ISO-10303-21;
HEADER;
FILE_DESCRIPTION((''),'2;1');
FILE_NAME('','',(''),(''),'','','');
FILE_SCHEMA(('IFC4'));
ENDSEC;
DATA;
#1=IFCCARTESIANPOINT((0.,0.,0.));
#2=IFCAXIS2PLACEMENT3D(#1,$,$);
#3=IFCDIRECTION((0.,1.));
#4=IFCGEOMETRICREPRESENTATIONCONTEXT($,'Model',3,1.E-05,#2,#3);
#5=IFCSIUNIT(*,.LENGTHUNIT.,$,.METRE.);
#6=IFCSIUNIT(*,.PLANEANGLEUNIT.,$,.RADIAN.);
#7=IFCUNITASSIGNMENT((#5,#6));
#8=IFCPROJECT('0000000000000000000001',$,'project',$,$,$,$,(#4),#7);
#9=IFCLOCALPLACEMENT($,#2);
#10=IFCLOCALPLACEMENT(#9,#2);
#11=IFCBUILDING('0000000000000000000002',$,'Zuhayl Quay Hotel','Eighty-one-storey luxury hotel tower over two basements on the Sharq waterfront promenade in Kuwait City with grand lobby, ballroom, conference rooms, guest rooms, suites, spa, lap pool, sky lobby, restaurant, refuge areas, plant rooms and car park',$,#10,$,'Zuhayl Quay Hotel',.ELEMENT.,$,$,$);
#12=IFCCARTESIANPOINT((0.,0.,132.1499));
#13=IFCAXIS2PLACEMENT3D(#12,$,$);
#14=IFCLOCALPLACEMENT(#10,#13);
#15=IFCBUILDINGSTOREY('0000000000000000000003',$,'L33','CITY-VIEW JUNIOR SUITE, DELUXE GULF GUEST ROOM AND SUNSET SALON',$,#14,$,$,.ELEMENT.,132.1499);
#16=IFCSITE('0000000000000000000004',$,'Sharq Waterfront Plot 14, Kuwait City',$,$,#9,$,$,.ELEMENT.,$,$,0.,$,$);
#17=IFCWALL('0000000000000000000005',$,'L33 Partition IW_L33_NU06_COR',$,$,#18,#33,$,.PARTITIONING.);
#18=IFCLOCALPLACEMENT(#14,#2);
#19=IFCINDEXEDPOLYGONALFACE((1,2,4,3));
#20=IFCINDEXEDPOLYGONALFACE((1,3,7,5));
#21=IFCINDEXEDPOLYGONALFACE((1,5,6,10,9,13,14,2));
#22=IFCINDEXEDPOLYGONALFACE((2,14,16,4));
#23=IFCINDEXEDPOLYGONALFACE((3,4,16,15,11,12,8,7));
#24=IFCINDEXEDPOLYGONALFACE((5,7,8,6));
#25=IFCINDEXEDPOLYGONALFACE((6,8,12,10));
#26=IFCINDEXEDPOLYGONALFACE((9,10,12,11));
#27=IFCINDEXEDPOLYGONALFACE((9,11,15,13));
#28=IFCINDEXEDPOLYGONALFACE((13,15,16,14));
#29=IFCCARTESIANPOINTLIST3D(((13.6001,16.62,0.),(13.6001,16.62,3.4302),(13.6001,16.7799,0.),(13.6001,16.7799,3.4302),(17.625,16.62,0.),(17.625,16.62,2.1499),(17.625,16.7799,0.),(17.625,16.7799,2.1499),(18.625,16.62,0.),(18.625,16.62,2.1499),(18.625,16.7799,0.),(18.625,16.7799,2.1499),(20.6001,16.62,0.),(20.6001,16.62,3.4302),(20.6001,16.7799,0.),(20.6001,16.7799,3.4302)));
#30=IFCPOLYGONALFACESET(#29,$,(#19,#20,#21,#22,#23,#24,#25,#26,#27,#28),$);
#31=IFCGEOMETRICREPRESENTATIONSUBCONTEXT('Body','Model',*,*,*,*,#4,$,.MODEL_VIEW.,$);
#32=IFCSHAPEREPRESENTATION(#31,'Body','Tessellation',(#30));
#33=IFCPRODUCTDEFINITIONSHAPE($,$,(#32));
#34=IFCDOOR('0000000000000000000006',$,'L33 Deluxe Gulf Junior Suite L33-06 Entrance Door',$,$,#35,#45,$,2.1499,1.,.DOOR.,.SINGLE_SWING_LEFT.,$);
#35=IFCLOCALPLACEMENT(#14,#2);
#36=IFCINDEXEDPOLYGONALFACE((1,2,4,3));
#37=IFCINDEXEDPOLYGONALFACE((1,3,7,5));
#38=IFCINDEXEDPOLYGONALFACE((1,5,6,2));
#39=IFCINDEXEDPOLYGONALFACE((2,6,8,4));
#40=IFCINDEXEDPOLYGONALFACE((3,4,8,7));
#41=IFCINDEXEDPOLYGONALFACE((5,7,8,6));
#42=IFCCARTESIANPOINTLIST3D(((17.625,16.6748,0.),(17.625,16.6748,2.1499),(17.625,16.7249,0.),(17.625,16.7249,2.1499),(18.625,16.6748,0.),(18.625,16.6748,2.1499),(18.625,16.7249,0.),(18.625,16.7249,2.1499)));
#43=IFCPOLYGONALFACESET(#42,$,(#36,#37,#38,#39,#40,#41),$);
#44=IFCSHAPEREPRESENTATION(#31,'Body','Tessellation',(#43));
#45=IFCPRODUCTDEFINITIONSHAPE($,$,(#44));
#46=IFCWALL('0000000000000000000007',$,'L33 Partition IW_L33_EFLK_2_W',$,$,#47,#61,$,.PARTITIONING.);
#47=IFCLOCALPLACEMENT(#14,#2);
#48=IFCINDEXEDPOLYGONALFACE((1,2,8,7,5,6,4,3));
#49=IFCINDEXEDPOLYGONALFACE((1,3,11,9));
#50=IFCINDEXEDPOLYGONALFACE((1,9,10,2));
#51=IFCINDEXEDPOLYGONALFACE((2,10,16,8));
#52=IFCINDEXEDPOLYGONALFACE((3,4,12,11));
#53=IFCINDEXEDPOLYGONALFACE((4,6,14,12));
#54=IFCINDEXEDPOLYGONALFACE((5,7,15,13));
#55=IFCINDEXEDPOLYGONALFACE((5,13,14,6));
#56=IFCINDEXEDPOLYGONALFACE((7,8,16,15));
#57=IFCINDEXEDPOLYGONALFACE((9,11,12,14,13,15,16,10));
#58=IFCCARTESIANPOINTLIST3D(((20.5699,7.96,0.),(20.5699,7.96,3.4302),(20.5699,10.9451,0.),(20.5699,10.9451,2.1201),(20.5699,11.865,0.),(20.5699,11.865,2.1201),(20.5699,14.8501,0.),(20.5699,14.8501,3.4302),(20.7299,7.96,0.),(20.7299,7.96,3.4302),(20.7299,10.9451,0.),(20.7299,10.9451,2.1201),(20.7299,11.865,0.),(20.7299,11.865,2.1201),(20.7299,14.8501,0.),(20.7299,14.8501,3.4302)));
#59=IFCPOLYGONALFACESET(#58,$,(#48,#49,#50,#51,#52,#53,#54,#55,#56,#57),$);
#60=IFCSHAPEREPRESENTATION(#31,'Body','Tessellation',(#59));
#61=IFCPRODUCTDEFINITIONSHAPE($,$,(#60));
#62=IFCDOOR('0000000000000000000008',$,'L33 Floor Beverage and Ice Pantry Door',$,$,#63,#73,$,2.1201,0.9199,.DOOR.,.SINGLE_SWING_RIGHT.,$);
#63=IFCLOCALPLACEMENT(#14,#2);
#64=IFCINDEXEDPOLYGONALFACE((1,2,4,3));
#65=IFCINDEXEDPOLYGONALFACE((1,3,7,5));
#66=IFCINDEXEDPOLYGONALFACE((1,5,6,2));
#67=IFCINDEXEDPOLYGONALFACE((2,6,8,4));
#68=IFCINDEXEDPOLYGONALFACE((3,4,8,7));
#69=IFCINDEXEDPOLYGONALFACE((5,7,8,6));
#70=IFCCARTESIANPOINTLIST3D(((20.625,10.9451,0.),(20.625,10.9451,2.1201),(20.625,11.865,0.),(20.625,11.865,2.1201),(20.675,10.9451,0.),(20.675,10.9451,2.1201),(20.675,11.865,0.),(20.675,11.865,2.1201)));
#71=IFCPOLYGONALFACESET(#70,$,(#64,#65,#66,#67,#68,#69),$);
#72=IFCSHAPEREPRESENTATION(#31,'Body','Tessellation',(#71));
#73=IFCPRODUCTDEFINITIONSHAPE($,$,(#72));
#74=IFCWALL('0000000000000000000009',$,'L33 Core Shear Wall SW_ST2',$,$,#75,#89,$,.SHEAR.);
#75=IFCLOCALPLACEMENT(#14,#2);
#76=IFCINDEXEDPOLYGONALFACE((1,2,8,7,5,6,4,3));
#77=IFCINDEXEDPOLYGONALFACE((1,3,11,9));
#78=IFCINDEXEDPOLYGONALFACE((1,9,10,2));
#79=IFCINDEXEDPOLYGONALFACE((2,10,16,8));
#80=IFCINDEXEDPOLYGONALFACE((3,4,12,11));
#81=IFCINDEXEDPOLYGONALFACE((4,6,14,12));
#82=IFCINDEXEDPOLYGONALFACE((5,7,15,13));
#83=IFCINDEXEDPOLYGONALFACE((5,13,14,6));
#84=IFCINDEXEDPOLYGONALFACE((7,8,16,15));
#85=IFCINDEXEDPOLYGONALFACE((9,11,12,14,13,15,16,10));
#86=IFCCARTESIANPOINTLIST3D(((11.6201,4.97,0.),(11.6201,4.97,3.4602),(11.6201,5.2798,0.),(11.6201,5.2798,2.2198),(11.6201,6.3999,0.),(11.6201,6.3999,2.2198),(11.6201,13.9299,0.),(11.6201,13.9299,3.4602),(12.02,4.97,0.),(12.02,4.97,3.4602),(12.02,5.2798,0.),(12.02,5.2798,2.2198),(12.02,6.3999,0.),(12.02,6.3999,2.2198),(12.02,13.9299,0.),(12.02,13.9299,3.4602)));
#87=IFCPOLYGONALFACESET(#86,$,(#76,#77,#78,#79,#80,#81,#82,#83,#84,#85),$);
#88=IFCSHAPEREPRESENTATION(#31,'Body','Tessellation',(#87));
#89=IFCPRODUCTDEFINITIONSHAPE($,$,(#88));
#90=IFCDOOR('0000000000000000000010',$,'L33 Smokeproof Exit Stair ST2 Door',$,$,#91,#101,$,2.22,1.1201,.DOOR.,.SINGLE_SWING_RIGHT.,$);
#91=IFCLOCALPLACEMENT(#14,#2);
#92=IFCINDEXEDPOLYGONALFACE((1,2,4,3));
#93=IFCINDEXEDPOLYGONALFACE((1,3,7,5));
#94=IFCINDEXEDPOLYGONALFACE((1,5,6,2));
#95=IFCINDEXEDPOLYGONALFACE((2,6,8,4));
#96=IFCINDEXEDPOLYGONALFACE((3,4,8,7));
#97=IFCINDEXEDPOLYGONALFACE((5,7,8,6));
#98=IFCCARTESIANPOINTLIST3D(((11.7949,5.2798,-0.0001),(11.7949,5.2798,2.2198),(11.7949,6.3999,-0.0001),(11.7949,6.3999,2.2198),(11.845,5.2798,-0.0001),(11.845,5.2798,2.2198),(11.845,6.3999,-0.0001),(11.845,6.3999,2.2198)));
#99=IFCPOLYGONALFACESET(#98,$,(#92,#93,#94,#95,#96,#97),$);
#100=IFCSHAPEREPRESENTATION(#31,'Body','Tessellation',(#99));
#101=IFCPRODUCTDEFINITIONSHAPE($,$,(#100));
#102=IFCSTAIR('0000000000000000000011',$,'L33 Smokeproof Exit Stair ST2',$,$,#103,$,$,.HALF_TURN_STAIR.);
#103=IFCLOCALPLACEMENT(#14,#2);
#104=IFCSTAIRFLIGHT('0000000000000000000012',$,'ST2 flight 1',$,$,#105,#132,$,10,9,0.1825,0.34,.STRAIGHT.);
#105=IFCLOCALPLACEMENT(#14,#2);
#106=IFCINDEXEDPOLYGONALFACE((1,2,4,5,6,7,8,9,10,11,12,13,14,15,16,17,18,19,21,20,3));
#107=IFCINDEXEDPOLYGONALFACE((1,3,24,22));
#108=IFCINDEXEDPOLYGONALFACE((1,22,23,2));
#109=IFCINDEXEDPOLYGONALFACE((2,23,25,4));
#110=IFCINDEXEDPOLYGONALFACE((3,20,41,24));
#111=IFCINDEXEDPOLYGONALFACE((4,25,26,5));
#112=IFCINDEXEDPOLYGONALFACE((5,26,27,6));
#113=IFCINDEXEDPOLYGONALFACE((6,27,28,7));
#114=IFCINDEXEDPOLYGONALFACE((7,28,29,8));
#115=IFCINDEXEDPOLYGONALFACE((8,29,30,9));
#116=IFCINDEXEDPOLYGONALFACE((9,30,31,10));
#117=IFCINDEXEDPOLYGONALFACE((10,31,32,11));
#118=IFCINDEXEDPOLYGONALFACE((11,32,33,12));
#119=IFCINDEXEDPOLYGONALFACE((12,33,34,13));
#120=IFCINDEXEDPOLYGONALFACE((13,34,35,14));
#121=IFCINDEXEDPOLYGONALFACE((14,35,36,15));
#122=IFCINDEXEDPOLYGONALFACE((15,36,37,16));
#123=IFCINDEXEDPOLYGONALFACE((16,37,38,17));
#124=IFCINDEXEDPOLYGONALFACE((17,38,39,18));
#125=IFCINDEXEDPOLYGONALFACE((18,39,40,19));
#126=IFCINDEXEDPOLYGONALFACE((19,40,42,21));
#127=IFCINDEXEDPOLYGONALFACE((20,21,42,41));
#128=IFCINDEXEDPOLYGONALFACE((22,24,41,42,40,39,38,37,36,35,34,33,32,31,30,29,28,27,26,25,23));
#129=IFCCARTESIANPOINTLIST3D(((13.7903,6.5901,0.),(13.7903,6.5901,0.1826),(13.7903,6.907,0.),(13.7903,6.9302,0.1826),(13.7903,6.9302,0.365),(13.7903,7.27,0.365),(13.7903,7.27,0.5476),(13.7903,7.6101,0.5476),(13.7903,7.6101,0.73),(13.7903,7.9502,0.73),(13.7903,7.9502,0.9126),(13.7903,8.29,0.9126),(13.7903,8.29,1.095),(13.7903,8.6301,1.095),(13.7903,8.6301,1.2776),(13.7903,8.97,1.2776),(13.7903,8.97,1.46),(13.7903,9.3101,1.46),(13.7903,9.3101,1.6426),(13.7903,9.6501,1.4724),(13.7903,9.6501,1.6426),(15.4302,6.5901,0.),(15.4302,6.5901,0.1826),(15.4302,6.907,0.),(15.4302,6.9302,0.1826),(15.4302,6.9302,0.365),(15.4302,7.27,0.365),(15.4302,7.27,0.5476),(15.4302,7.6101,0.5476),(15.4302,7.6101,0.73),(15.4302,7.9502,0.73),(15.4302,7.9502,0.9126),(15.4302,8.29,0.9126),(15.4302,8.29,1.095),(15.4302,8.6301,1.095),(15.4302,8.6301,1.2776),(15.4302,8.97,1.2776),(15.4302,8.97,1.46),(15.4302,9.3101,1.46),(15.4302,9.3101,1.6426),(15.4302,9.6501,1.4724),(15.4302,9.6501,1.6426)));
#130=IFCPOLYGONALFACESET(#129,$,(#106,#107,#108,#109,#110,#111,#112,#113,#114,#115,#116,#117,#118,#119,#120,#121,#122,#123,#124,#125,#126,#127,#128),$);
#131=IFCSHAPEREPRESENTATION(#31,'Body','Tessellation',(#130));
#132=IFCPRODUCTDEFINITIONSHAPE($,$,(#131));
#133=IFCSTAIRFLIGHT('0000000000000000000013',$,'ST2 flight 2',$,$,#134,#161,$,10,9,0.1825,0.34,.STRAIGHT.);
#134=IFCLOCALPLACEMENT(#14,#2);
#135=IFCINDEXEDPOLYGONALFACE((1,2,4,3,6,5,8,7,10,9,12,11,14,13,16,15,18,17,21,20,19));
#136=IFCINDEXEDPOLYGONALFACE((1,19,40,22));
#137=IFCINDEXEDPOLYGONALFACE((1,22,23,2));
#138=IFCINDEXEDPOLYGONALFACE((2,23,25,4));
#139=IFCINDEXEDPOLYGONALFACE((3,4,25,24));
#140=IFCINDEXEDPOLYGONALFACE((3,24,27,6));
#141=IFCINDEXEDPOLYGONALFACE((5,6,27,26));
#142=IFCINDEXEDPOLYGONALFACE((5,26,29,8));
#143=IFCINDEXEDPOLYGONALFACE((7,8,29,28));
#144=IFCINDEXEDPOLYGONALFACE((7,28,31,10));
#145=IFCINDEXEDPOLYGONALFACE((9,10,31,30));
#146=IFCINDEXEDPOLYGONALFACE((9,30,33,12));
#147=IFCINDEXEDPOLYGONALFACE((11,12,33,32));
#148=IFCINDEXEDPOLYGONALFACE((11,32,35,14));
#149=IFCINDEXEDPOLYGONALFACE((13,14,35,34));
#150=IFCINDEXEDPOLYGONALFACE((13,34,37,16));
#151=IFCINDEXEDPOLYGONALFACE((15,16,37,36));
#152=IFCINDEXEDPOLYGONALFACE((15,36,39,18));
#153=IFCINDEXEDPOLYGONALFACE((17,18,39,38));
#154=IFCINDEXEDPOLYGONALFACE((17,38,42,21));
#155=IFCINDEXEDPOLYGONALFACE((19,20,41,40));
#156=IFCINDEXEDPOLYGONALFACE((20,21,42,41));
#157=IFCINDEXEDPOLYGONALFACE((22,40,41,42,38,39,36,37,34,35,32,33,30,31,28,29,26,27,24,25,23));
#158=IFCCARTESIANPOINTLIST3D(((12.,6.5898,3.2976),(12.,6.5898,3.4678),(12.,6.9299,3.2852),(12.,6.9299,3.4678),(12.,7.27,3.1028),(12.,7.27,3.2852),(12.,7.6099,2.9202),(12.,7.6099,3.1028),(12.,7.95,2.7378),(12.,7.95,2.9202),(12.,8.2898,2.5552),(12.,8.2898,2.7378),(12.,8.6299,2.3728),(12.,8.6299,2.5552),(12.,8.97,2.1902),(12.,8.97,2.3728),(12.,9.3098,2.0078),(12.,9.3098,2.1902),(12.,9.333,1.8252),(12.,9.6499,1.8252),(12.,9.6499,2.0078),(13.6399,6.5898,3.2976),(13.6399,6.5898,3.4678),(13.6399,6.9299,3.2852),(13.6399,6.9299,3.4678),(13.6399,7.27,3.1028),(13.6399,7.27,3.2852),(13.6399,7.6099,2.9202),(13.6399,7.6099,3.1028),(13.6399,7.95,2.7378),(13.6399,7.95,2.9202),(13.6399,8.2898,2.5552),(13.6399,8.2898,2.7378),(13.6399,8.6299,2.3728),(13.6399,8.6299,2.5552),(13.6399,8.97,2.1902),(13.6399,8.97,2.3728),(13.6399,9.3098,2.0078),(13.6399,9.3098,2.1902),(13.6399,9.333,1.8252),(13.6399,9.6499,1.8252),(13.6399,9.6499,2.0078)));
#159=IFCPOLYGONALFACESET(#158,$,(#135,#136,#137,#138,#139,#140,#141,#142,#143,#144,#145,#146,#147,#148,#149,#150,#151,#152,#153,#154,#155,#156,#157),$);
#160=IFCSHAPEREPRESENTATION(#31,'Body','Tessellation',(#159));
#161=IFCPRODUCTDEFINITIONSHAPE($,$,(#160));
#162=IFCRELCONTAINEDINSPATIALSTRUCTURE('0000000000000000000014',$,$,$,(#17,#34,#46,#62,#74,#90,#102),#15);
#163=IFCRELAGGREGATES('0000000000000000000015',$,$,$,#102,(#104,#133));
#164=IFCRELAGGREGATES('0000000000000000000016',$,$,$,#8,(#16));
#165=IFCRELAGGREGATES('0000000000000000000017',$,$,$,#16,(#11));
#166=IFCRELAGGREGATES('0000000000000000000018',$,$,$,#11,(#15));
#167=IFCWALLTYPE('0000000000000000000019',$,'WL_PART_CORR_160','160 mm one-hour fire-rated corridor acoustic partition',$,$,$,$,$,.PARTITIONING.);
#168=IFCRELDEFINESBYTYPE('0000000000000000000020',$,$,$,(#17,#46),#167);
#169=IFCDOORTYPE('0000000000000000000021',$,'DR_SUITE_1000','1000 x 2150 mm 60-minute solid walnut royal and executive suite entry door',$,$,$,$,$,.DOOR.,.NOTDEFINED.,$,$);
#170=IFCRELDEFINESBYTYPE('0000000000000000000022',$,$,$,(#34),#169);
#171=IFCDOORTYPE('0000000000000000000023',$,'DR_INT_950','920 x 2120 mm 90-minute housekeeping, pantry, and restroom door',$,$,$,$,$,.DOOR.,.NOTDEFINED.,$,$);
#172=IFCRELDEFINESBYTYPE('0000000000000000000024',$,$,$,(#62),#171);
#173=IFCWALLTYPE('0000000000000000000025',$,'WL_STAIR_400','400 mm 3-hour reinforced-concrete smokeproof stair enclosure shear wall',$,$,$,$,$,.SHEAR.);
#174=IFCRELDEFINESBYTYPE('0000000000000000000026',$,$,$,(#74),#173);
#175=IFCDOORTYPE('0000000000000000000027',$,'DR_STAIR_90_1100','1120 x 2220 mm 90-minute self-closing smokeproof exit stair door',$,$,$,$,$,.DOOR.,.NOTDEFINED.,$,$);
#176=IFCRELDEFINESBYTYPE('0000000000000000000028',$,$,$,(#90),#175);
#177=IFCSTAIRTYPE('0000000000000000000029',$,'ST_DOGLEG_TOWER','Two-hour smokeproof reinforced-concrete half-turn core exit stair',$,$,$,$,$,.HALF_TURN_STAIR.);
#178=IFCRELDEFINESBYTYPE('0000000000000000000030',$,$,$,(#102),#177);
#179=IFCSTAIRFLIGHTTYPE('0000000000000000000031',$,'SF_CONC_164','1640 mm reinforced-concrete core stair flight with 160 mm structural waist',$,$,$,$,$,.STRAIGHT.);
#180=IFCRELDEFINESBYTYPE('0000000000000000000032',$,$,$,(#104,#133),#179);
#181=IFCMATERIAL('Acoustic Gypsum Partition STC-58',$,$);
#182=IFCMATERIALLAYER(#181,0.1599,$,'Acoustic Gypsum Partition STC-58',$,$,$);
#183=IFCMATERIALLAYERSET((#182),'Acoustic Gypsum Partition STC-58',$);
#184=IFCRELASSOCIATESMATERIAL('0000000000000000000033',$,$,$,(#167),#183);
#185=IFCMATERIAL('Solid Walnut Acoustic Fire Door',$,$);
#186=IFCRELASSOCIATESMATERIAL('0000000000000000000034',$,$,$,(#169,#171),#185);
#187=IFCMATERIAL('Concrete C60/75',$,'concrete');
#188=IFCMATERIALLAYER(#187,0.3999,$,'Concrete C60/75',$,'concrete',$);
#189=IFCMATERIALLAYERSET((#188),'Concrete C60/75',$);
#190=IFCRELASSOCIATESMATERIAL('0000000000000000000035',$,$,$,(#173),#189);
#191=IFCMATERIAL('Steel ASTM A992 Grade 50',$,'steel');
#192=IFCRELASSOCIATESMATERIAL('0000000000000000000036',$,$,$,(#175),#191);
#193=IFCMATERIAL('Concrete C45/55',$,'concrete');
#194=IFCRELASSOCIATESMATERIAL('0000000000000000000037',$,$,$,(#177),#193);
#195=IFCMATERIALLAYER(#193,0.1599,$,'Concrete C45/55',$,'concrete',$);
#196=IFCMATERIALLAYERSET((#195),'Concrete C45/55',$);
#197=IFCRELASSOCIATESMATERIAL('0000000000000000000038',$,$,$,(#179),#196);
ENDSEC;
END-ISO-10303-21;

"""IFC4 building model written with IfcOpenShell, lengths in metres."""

from ifc_helpers import new_model, si_unit, direction, frame, frame_2d, origin, place, context, subcontext, project, spatial, polyline, rectangle, outline, extrude, material, layer, layer_set, type_object, element, fill, aggregate, save


model = new_model("IFC4")

# Units and contexts
model_context = context("Model", 3, precision=1e-05, world=origin(), true_north=direction((0.0, 1.0)))
body_context = subcontext(model_context, "Body", "Model", "MODEL_VIEW")
ifc_project = project(units=[si_unit("LENGTHUNIT", "METRE"), si_unit("PLANEANGLEUNIT", "RADIAN")], contexts=[model_context])

# Site, building, storey
site_placement = place(None, origin())
site = spatial("IfcSite", under=ifc_project, at=site_placement, Name="Sharq Waterfront Plot 14, Kuwait City", CompositionType="ELEMENT", RefElevation=0.0)
building_placement = place(site_placement, origin())
building = spatial("IfcBuilding", under=site, at=building_placement, Name="Zuhayl Quay Hotel", Description="Eighty-one-storey luxury hotel tower over two basements on the Sharq waterfront promenade in Kuwait City with grand lobby, ballroom, conference rooms, guest rooms, suites, spa, lap pool, sky lobby, restaurant, refuge areas, plant rooms and car park", LongName="Zuhayl Quay Hotel", CompositionType="ELEMENT")
storey_placement = place(building_placement, frame((0.0, 0.0, 132.1499)))
storey = spatial("IfcBuildingStorey", under=building, at=storey_placement, Name="L33", Description="CITY-VIEW JUNIOR SUITE, DELUXE GULF GUEST ROOM AND SUNSET SALON", CompositionType="ELEMENT", Elevation=132.1499)

# Shared definitions
ifc_material_1 = material(Name="Steel ASTM A992 Grade 50", Category="steel")

# Shared definitions
ifc_material_2 = material(Name="Concrete C60/75", Category="concrete")

# Shared definitions
ifc_material_3 = material(Name="Acoustic Gypsum Partition STC-58")

# Walls, openings, doors
ifc_layer_1 = layer(ifc_material_3, 0.1599, Name="Acoustic Gypsum Partition STC-58")
ifc_layer_set_1 = layer_set([ifc_layer_1], Name="Acoustic Gypsum Partition STC-58")
wall_type_1 = type_object("IfcWallType", Name="WL_PART_CORR_160", Description="160 mm one-hour fire-rated corridor acoustic partition", PredefinedType="PARTITIONING", material=ifc_layer_set_1)
wall_1_placement = place(storey_placement, frame((13.6001, 16.7, 0.0), z_axis=(0.0, 0.0, 1.0), x_axis=(1.0, 0.0, 0.0)))
wall_1 = element("IfcWall", 1, at=wall_1_placement, inside=storey, type_object=wall_type_1, Name="L33 Partition IW_L33_NU06_COR", PredefinedType="PARTITIONING", context=body_context, shape_type="SweptSolid", body=[
    extrude(rectangle(XDim=7.0, YDim=0.1599, at=frame_2d((3.5, 0.0))), origin(), (0.0, 0.0, 1.0), 3.4302),
])
opening_1_placement = place(wall_1_placement, frame((4.0249, 0.0, 0.0)))
opening_1 = element("IfcOpeningElement", 2, at=opening_1_placement, cuts=wall_1, PredefinedType="OPENING", context=body_context, shape_type="SweptSolid", body=[
    extrude(rectangle(XDim=1.0, YDim=2.1499, at=frame_2d((0.5, 1.075))), frame((0.0, 0.0898, 0.0), z_axis=(0.0, -1.0, 0.0), x_axis=(1.0, 0.0, 0.0)), (0.0, 0.0, 1.0), 0.1799),
])
ifc_material_4 = material(Name="Solid Walnut Acoustic Fire Door")
door_type_1 = type_object("IfcDoorType", Name="DR_SUITE_1000", Description="1000 x 2150 mm 60-minute solid walnut royal and executive suite entry door", OperationType="NOTDEFINED", PredefinedType="DOOR", material=ifc_material_4)
door_1_placement = place(opening_1_placement, origin())
door_1 = element("IfcDoor", 3, at=door_1_placement, inside=storey, type_object=door_type_1, Name="L33 Deluxe Gulf Junior Suite L33-06 Entrance Door", OperationType="SINGLE_SWING_LEFT", OverallHeight=2.1499, OverallWidth=1.0, PredefinedType="DOOR", context=body_context, shape_type="SweptSolid", body=[
    extrude(rectangle(XDim=1.0, YDim=2.1499, at=frame_2d((0.5, 1.075))), frame((0.0, 0.0249, 0.0), z_axis=(0.0, -1.0, 0.0), x_axis=(1.0, 0.0, 0.0)), (0.0, 0.0, 1.0), 0.05),
])
fill(opening_1, door_1)
wall_2_placement = place(storey_placement, frame((20.6499, 7.96, 0.0), z_axis=(0.0, 0.0, 1.0), x_axis=(0.0, 1.0, 0.0)))
wall_2 = element("IfcWall", 4, at=wall_2_placement, inside=storey, type_object=wall_type_1, Name="L33 Partition IW_L33_EFLK_2_W", PredefinedType="PARTITIONING", context=body_context, shape_type="SweptSolid", body=[
    extrude(rectangle(XDim=6.8901, YDim=0.1599, at=frame_2d((3.4451, 0.0))), origin(), (0.0, 0.0, 1.0), 3.4302),
])
opening_2_placement = place(wall_2_placement, frame((2.9851, 0.0, 0.0)))
opening_2 = element("IfcOpeningElement", 5, at=opening_2_placement, cuts=wall_2, PredefinedType="OPENING", context=body_context, shape_type="SweptSolid", body=[
    extrude(rectangle(XDim=0.9199, YDim=2.1201, at=frame_2d((0.46, 1.0601))), frame((0.0, 0.0898, 0.0), z_axis=(0.0, -1.0, 0.0), x_axis=(1.0, 0.0, 0.0)), (0.0, 0.0, 1.0), 0.1799),
])
door_type_2 = type_object("IfcDoorType", Name="DR_INT_950", Description="920 x 2120 mm 90-minute housekeeping, pantry, and restroom door", OperationType="NOTDEFINED", PredefinedType="DOOR", material=ifc_material_4)
door_2_placement = place(opening_2_placement, origin())
door_2 = element("IfcDoor", 6, at=door_2_placement, inside=storey, type_object=door_type_2, Name="L33 Floor Beverage and Ice Pantry Door", OperationType="SINGLE_SWING_RIGHT", OverallHeight=2.1201, OverallWidth=0.9199, PredefinedType="DOOR", context=body_context, shape_type="SweptSolid", body=[
    extrude(rectangle(XDim=0.9199, YDim=2.1201, at=frame_2d((0.46, 1.0601))), frame((0.0, 0.0249, 0.0), z_axis=(0.0, -1.0, 0.0), x_axis=(1.0, 0.0, 0.0)), (0.0, 0.0, 1.0), 0.05),
])
fill(opening_2, door_2)
ifc_layer_2 = layer(ifc_material_2, 0.3999, Name="Concrete C60/75", Category="concrete")
ifc_layer_set_2 = layer_set([ifc_layer_2], Name="Concrete C60/75")
wall_type_2 = type_object("IfcWallType", Name="WL_STAIR_400", Description="400 mm 3-hour reinforced-concrete smokeproof stair enclosure shear wall", PredefinedType="SHEAR", material=ifc_layer_set_2)
wall_3_placement = place(storey_placement, frame((11.8201, 13.9299, 0.0), z_axis=(0.0, 0.0, 1.0), x_axis=(0.0, -1.0, 0.0)))
wall_3 = element("IfcWall", 7, at=wall_3_placement, inside=storey, type_object=wall_type_2, Name="L33 Core Shear Wall SW_ST2", PredefinedType="SHEAR", context=body_context, shape_type="SweptSolid", body=[
    extrude(rectangle(XDim=8.96, YDim=0.3999, at=frame_2d((4.48, 0.0))), origin(), (0.0, 0.0, 1.0), 3.4602),
])
opening_3_placement = place(wall_3_placement, frame((7.53, 0.0, 0.0)))
opening_3 = element("IfcOpeningElement", 8, at=opening_3_placement, cuts=wall_3, PredefinedType="OPENING", context=body_context, shape_type="SweptSolid", body=[
    extrude(rectangle(XDim=1.1201, YDim=2.22, at=frame_2d((0.5601, 1.1099))), frame((0.0, 0.21, 0.0), z_axis=(0.0, -1.0, 0.0), x_axis=(1.0, 0.0, 0.0)), (0.0, 0.0, 1.0), 0.4199),
])
door_type_3 = type_object("IfcDoorType", Name="DR_STAIR_90_1100", Description="1120 x 2220 mm 90-minute self-closing smokeproof exit stair door", OperationType="NOTDEFINED", PredefinedType="DOOR", material=ifc_material_1)
door_3_placement = place(opening_3_placement, origin())
door_3 = element("IfcDoor", 9, at=door_3_placement, inside=storey, type_object=door_type_3, Name="L33 Smokeproof Exit Stair ST2 Door", OperationType="SINGLE_SWING_RIGHT", OverallHeight=2.22, OverallWidth=1.1201, PredefinedType="DOOR", context=body_context, shape_type="SweptSolid", body=[
    extrude(rectangle(XDim=1.1201, YDim=2.22, at=frame_2d((0.5601, 1.1099))), frame((0.0, 0.0249, 0.0), z_axis=(0.0, -1.0, 0.0), x_axis=(1.0, 0.0, 0.0)), (0.0, 0.0, 1.0), 0.05),
])
fill(opening_3, door_3)

# Stair, stair flights
ifc_material_5 = material(Name="Concrete C45/55", Category="concrete")
stair_type = type_object("IfcStairType", Name="ST_DOGLEG_TOWER", Description="Two-hour smokeproof reinforced-concrete half-turn core exit stair", PredefinedType="HALF_TURN_STAIR", material=ifc_material_5)
stair_placement = place(storey_placement, origin())
stair = element("IfcStair", 10, at=stair_placement, inside=storey, type_object=stair_type, Name="L33 Smokeproof Exit Stair ST2", PredefinedType="HALF_TURN_STAIR")
ifc_layer_3 = layer(ifc_material_5, 0.1599, Name="Concrete C45/55", Category="concrete")
ifc_layer_set_3 = layer_set([ifc_layer_3], Name="Concrete C45/55")
stair_flight_type = type_object("IfcStairFlightType", Name="SF_CONC_164", Description="1640 mm reinforced-concrete core stair flight with 160 mm structural waist", PredefinedType="STRAIGHT", material=ifc_layer_set_3)
stair_flight_1_placement = place(storey_placement, frame((14.6101, 6.5901, 0.0), z_axis=(0.0, 0.0, 1.0), x_axis=(0.0, 1.0, 0.0)))
stair_flight_1 = element("IfcStairFlight", 11, at=stair_flight_1_placement, type_object=stair_flight_type, Name="ST2 flight 1", NumberOfRisers=10, NumberOfTreads=9, PredefinedType="STRAIGHT", RiserHeight=0.1825, TreadLength=0.34, context=body_context, shape_type="SweptSolid", body=[
    extrude(outline(polyline([(0.0, 0.0), (0.0, 0.1826), (0.3401, 0.1826), (0.3401, 0.365), (0.6799, 0.365), (0.6799, 0.5476), (1.02, 0.5476), (1.02, 0.73), (1.3601, 0.73), (1.3601, 0.9126), (1.7, 0.9126), (1.7, 1.095), (2.04, 1.095), (2.04, 1.2776), (2.3799, 1.2776), (2.3799, 1.46), (2.72, 1.46), (2.72, 1.6426), (3.0601, 1.6426), (3.0601, 1.825), (3.0601, 1.4724), (0.3169, 0.0), (0.0, 0.0)])), frame((0.0, 0.8198, 0.0), z_axis=(0.0, -1.0, 0.0), x_axis=(1.0, 0.0, 0.0)), (0.0, 0.0, 1.0), 1.6399),
])
stair_flight_2_placement = place(storey_placement, frame((12.8201, 9.6499, 1.8252), z_axis=(0.0, 0.0, 1.0), x_axis=(0.0, -1.0, 0.0)))
stair_flight_2 = element("IfcStairFlight", 12, at=stair_flight_2_placement, type_object=stair_flight_type, Name="ST2 flight 2", NumberOfRisers=10, NumberOfTreads=9, PredefinedType="STRAIGHT", RiserHeight=0.1825, TreadLength=0.34, context=body_context, shape_type="SweptSolid", body=[
    extrude(outline(polyline([(0.0, 0.0), (0.0, 0.1826), (0.3401, 0.1826), (0.3401, 0.365), (0.6799, 0.365), (0.6799, 0.5476), (1.02, 0.5476), (1.02, 0.73), (1.3601, 0.73), (1.3601, 0.9126), (1.7, 0.9126), (1.7, 1.095), (2.04, 1.095), (2.04, 1.2776), (2.3799, 1.2776), (2.3799, 1.46), (2.72, 1.46), (2.72, 1.6426), (3.0601, 1.6426), (3.0601, 1.825), (3.0601, 1.4724), (0.3169, 0.0), (0.0, 0.0)])), frame((0.0, 0.8198, 0.0), z_axis=(0.0, -1.0, 0.0), x_axis=(1.0, 0.0, 0.0)), (0.0, 0.0, 1.0), 1.6399),
])
aggregate(stair, [stair_flight_1, stair_flight_2])

save(model, "model.ifc")
